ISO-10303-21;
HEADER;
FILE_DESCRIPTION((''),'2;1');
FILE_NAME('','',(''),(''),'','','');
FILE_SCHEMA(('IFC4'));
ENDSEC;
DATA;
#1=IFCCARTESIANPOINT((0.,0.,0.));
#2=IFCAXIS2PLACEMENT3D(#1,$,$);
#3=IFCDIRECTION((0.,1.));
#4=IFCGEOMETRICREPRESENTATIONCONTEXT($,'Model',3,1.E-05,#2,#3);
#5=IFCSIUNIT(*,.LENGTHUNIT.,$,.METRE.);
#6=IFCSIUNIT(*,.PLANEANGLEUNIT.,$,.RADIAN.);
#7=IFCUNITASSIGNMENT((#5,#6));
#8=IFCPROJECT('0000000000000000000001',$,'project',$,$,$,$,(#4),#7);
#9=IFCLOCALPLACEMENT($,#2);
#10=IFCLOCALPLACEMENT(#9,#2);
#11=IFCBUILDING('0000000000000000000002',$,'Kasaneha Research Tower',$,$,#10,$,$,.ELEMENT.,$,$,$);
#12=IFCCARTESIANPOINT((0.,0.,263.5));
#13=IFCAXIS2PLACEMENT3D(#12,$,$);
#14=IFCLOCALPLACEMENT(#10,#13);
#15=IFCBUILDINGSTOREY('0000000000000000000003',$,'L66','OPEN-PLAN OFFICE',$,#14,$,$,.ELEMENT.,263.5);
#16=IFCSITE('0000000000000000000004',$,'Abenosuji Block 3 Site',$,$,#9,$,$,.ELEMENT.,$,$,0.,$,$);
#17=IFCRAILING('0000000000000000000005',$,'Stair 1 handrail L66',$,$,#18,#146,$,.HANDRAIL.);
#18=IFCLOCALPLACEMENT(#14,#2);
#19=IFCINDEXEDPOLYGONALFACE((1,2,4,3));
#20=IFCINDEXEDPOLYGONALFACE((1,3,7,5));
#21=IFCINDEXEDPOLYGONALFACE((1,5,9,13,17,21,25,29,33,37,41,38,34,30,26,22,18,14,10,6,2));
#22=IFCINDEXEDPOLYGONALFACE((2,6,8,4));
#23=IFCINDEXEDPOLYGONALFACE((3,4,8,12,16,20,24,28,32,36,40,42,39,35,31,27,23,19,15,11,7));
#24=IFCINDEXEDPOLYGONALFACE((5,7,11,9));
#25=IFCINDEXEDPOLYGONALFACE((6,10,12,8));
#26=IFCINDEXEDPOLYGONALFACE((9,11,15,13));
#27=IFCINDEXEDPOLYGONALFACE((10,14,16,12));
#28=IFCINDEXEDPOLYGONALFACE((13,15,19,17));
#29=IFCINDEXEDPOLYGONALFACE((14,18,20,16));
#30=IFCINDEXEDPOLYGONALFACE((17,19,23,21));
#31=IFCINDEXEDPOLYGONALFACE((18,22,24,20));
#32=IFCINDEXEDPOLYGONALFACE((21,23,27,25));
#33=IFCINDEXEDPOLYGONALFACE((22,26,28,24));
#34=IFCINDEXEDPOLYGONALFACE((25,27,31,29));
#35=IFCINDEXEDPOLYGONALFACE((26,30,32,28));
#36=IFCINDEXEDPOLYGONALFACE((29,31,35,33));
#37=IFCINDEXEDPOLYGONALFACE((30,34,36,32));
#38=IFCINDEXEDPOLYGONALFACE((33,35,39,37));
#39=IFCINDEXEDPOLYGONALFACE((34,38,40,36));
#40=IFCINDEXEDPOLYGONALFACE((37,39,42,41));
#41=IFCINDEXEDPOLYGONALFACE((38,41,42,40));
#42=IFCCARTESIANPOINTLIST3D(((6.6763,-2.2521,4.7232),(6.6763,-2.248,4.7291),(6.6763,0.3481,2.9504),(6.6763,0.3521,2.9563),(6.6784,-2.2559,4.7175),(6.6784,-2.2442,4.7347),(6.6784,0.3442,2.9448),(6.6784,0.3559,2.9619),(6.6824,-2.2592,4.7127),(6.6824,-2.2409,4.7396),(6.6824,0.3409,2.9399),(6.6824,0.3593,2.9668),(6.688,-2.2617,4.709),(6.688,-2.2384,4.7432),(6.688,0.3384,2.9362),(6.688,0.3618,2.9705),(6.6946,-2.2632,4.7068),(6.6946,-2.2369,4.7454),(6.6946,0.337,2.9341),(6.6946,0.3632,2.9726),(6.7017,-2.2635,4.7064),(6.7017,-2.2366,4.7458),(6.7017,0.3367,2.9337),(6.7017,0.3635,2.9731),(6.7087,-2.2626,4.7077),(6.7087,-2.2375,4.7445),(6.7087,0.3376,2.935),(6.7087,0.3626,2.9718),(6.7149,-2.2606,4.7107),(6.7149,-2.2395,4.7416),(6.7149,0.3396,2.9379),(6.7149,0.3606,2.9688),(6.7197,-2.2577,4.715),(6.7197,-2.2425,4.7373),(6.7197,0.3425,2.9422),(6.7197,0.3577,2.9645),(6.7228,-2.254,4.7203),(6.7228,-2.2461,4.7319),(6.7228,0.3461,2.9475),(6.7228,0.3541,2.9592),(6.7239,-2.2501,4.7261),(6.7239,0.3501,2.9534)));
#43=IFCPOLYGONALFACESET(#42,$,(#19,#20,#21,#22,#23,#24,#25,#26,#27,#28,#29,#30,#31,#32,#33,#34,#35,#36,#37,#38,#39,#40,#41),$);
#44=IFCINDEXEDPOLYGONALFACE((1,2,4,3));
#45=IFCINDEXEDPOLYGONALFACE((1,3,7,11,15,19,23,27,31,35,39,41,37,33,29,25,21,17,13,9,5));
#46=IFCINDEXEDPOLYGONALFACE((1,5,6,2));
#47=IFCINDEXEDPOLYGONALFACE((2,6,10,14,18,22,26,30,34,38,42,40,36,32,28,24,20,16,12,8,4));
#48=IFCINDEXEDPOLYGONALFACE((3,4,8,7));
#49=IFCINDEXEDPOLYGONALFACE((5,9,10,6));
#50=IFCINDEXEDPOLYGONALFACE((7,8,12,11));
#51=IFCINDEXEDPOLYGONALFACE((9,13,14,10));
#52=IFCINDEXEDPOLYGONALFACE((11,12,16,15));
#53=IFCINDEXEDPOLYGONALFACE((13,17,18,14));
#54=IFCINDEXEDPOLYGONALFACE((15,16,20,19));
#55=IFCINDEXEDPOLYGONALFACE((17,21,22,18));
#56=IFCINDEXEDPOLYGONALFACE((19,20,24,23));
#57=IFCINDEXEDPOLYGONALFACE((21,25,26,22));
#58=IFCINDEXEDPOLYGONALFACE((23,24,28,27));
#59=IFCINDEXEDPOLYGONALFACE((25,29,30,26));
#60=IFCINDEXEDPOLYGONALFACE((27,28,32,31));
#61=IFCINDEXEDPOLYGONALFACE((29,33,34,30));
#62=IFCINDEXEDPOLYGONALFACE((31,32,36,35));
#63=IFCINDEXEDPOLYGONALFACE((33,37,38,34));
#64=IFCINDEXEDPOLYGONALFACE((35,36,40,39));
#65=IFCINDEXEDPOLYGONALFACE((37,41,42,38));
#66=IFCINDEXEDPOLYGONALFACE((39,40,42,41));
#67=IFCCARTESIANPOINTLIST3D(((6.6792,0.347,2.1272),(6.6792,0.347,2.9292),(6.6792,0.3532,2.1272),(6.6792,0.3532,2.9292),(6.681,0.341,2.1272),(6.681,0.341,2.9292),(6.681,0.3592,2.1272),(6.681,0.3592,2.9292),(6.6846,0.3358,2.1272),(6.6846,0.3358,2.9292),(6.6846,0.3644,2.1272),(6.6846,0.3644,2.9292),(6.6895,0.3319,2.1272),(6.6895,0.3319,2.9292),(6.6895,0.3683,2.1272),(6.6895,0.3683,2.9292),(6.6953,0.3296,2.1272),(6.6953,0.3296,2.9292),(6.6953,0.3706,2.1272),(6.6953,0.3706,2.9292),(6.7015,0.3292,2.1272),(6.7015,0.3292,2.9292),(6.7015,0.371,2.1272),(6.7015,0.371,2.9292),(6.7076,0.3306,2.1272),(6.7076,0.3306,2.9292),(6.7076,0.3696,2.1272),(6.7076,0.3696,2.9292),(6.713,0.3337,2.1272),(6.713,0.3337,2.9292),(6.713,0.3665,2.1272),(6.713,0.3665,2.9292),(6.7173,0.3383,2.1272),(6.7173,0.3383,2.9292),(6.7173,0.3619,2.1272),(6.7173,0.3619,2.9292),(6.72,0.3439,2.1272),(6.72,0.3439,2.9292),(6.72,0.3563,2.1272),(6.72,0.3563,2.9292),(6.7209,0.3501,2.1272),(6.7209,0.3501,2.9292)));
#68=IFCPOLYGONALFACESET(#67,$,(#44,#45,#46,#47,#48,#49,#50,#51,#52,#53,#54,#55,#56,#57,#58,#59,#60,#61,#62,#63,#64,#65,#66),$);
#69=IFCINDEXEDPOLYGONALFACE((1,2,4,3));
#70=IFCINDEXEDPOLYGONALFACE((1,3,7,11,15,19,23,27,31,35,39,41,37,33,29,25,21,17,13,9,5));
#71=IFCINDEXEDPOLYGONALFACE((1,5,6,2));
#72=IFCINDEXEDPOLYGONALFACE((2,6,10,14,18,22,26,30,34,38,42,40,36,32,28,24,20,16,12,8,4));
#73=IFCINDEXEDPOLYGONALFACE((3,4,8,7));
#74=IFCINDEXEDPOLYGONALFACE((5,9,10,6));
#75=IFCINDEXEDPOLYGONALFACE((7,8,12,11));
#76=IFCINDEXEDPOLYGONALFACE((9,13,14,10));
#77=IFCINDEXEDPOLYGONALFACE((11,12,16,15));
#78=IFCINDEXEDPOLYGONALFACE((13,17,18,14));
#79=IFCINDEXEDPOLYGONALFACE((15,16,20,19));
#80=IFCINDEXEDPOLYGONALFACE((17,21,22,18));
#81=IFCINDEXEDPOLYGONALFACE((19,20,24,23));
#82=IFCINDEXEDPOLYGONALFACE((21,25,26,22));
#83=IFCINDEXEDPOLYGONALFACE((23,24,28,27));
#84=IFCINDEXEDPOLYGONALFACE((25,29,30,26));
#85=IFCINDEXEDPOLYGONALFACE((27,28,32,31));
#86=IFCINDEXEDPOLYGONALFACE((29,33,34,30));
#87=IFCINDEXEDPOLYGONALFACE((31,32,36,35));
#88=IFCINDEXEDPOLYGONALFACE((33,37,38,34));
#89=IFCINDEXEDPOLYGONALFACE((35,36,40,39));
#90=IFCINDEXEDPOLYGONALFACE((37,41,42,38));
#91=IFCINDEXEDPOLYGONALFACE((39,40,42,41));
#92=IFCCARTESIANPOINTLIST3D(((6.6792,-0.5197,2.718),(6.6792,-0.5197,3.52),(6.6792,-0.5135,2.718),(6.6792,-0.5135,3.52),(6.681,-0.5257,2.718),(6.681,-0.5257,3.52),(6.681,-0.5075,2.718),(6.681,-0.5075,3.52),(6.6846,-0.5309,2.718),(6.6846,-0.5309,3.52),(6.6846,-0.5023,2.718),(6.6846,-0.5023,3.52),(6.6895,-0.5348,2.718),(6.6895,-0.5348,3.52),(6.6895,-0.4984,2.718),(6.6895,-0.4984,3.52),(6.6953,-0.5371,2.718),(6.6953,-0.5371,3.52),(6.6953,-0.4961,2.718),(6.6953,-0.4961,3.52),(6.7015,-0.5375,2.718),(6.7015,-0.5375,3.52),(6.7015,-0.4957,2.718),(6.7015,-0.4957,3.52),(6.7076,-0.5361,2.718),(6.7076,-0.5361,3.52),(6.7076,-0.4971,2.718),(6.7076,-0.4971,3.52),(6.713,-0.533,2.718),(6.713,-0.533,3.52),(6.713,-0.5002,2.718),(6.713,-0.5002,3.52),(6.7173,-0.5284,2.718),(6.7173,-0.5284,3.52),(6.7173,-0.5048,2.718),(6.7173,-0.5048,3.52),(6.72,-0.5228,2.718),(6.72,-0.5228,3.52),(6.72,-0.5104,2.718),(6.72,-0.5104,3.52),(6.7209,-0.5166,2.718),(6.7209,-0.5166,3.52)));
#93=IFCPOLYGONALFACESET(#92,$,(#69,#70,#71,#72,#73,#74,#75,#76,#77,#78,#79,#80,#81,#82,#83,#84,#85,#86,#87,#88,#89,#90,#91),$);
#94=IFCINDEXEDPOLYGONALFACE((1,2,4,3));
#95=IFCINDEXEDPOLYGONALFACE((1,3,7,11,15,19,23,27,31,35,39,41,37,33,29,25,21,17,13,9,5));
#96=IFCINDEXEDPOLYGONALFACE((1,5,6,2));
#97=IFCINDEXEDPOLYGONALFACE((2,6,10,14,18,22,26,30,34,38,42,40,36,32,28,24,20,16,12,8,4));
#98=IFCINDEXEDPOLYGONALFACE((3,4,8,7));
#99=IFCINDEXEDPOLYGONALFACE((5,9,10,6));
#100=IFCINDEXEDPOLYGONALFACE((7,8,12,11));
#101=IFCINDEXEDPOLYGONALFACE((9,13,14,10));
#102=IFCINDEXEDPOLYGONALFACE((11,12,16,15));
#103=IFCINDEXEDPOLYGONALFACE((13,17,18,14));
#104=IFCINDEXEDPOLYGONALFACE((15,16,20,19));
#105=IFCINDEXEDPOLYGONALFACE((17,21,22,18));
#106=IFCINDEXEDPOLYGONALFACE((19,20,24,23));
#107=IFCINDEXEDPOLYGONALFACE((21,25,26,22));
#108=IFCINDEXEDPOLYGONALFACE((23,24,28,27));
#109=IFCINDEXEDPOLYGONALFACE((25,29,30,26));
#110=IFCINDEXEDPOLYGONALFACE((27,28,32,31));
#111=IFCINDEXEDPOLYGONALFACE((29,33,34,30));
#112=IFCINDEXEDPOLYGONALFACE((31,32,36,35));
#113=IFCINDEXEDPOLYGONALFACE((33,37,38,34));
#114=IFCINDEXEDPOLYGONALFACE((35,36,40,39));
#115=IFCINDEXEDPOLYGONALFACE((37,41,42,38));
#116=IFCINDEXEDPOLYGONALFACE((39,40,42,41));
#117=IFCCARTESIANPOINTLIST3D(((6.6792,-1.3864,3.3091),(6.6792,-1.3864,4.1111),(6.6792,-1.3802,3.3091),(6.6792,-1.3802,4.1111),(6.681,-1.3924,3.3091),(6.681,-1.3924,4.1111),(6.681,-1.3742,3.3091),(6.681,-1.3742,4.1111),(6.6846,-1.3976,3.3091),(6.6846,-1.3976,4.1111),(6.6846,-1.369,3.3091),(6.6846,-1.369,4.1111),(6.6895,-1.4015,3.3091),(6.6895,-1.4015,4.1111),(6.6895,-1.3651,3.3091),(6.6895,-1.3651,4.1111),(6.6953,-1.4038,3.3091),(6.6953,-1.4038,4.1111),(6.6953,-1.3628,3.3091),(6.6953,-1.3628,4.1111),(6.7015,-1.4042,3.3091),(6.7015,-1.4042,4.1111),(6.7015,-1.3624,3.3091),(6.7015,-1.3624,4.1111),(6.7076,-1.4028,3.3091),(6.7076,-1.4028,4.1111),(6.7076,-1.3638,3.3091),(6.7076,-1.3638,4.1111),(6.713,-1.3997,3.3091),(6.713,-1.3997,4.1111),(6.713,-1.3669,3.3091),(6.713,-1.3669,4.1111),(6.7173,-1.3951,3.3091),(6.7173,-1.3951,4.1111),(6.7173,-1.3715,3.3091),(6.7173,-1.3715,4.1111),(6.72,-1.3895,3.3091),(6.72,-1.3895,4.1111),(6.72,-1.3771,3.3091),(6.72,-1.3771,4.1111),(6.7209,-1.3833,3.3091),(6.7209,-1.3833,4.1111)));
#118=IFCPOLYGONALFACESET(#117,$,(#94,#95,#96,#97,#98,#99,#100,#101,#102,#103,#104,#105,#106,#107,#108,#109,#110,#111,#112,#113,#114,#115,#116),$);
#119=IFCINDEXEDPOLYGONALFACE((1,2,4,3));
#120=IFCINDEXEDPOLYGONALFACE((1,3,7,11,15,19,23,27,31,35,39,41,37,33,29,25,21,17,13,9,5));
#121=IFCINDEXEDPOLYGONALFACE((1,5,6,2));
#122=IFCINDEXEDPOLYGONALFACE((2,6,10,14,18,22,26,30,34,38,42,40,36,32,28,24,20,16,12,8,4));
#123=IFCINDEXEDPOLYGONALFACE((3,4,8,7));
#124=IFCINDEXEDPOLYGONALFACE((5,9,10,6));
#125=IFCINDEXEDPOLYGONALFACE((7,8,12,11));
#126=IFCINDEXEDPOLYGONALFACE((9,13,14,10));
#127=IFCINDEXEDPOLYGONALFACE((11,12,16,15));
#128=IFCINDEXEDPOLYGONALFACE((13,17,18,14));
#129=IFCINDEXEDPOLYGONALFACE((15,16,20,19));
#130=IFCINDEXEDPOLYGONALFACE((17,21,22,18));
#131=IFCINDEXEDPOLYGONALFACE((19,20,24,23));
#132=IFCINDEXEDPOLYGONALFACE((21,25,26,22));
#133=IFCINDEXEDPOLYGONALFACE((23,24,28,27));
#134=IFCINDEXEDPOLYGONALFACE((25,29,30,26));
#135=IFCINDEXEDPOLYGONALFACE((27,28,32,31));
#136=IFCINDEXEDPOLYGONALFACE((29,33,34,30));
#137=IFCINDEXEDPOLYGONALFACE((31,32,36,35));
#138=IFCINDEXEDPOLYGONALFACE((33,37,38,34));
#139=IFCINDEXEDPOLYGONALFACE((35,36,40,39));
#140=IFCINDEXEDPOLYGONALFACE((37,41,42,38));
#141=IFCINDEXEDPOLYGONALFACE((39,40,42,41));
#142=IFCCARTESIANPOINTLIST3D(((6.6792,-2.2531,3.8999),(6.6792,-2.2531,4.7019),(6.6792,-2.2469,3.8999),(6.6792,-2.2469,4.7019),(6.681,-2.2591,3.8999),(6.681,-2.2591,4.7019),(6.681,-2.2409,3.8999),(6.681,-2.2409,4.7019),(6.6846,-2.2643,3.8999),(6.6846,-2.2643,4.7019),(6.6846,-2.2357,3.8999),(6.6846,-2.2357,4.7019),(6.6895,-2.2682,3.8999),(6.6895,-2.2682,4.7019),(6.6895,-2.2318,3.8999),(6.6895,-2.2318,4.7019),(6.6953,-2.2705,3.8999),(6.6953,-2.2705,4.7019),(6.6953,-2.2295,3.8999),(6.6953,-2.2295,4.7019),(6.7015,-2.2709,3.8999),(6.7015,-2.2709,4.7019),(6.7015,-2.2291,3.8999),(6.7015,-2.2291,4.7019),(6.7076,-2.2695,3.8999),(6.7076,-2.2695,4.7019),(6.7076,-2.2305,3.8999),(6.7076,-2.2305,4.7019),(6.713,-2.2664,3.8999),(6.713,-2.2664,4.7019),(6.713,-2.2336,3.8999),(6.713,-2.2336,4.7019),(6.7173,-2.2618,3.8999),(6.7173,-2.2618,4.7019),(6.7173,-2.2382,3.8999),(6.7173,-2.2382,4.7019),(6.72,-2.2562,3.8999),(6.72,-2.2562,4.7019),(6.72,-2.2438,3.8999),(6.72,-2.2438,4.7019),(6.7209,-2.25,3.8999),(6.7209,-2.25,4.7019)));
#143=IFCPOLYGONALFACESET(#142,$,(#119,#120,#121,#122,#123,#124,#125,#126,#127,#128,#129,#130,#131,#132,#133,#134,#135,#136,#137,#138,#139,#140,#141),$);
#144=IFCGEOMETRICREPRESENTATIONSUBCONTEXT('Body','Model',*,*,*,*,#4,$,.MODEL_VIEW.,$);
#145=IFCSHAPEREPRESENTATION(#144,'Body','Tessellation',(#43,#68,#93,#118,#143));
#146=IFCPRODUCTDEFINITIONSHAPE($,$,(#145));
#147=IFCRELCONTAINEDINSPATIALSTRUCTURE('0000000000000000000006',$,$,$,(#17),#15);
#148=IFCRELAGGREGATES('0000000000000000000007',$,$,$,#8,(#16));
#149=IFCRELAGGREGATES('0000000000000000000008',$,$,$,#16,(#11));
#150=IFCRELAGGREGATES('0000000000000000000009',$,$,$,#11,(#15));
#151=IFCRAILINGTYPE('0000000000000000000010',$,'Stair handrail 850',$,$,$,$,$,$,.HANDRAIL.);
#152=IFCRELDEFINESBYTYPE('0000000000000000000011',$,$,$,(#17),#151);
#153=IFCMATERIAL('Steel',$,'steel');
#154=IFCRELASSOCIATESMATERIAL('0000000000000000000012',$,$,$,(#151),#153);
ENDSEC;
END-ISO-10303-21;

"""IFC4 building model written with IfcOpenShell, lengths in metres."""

from ifc_helpers import new_model, si_unit, direction, frame, origin, origin_2d, place, context, subcontext, project, spatial, circle, extrude, material, type_object, element, save


model = new_model("IFC4")

# Units and contexts
model_context = context("Model", 3, precision=1e-05, world=origin(), true_north=direction((0.0, 1.0)))
body_context = subcontext(model_context, "Body", "Model", "MODEL_VIEW")
ifc_project = project(units=[si_unit("LENGTHUNIT", "METRE"), si_unit("PLANEANGLEUNIT", "RADIAN")], contexts=[model_context])

# Site, building, storey
site_placement = place(None, origin())
site = spatial("IfcSite", under=ifc_project, at=site_placement, Name="Abenosuji Block 3 Site", CompositionType="ELEMENT", RefElevation=0.0)
building_placement = place(site_placement, origin())
building = spatial("IfcBuilding", under=site, at=building_placement, Name="Kasaneha Research Tower", CompositionType="ELEMENT")
storey_placement = place(building_placement, frame((0.0, 0.0, 263.5)))
storey = spatial("IfcBuildingStorey", under=building, at=storey_placement, Name="L66", Description="OPEN-PLAN OFFICE", CompositionType="ELEMENT", Elevation=263.5)

# Railing
ifc_material_1 = material(Name="Steel", Category="steel")
railing_type_1 = type_object("IfcRailingType", Name="Stair handrail 850", PredefinedType="HANDRAIL", material=ifc_material_1)
railing_1_placement = place(storey_placement, frame((6.7, 0.3501, 2.1272)))
element("IfcRailing", 1, at=railing_1_placement, inside=storey, type_object=railing_type_1, Name="Stair 1 handrail L66", PredefinedType="HANDRAIL", context=body_context, shape_type="SweptSolid", body=[
    extrude(circle(Radius=0.0239, at=origin_2d()), frame((0.0, 0.0, 0.8262), z_axis=(0.0, -0.82624, 0.563318), x_axis=(1.0, 0.0, 0.0)), (0.0, 0.0, 1.0), 3.147),
    extrude(circle(Radius=0.021, at=origin_2d()), origin(), (0.0, 0.0, 1.0), 0.802),
    extrude(circle(Radius=0.021, at=origin_2d()), frame((0.0, -0.8667, 0.5908)), (0.0, 0.0, 1.0), 0.802),
    extrude(circle(Radius=0.021, at=origin_2d()), frame((0.0, -1.7334, 1.1819)), (0.0, 0.0, 1.0), 0.802),
    extrude(circle(Radius=0.021, at=origin_2d()), frame((0.0, -2.6001, 1.7727)), (0.0, 0.0, 1.0), 0.802),
])

save(model, "model.ifc")
